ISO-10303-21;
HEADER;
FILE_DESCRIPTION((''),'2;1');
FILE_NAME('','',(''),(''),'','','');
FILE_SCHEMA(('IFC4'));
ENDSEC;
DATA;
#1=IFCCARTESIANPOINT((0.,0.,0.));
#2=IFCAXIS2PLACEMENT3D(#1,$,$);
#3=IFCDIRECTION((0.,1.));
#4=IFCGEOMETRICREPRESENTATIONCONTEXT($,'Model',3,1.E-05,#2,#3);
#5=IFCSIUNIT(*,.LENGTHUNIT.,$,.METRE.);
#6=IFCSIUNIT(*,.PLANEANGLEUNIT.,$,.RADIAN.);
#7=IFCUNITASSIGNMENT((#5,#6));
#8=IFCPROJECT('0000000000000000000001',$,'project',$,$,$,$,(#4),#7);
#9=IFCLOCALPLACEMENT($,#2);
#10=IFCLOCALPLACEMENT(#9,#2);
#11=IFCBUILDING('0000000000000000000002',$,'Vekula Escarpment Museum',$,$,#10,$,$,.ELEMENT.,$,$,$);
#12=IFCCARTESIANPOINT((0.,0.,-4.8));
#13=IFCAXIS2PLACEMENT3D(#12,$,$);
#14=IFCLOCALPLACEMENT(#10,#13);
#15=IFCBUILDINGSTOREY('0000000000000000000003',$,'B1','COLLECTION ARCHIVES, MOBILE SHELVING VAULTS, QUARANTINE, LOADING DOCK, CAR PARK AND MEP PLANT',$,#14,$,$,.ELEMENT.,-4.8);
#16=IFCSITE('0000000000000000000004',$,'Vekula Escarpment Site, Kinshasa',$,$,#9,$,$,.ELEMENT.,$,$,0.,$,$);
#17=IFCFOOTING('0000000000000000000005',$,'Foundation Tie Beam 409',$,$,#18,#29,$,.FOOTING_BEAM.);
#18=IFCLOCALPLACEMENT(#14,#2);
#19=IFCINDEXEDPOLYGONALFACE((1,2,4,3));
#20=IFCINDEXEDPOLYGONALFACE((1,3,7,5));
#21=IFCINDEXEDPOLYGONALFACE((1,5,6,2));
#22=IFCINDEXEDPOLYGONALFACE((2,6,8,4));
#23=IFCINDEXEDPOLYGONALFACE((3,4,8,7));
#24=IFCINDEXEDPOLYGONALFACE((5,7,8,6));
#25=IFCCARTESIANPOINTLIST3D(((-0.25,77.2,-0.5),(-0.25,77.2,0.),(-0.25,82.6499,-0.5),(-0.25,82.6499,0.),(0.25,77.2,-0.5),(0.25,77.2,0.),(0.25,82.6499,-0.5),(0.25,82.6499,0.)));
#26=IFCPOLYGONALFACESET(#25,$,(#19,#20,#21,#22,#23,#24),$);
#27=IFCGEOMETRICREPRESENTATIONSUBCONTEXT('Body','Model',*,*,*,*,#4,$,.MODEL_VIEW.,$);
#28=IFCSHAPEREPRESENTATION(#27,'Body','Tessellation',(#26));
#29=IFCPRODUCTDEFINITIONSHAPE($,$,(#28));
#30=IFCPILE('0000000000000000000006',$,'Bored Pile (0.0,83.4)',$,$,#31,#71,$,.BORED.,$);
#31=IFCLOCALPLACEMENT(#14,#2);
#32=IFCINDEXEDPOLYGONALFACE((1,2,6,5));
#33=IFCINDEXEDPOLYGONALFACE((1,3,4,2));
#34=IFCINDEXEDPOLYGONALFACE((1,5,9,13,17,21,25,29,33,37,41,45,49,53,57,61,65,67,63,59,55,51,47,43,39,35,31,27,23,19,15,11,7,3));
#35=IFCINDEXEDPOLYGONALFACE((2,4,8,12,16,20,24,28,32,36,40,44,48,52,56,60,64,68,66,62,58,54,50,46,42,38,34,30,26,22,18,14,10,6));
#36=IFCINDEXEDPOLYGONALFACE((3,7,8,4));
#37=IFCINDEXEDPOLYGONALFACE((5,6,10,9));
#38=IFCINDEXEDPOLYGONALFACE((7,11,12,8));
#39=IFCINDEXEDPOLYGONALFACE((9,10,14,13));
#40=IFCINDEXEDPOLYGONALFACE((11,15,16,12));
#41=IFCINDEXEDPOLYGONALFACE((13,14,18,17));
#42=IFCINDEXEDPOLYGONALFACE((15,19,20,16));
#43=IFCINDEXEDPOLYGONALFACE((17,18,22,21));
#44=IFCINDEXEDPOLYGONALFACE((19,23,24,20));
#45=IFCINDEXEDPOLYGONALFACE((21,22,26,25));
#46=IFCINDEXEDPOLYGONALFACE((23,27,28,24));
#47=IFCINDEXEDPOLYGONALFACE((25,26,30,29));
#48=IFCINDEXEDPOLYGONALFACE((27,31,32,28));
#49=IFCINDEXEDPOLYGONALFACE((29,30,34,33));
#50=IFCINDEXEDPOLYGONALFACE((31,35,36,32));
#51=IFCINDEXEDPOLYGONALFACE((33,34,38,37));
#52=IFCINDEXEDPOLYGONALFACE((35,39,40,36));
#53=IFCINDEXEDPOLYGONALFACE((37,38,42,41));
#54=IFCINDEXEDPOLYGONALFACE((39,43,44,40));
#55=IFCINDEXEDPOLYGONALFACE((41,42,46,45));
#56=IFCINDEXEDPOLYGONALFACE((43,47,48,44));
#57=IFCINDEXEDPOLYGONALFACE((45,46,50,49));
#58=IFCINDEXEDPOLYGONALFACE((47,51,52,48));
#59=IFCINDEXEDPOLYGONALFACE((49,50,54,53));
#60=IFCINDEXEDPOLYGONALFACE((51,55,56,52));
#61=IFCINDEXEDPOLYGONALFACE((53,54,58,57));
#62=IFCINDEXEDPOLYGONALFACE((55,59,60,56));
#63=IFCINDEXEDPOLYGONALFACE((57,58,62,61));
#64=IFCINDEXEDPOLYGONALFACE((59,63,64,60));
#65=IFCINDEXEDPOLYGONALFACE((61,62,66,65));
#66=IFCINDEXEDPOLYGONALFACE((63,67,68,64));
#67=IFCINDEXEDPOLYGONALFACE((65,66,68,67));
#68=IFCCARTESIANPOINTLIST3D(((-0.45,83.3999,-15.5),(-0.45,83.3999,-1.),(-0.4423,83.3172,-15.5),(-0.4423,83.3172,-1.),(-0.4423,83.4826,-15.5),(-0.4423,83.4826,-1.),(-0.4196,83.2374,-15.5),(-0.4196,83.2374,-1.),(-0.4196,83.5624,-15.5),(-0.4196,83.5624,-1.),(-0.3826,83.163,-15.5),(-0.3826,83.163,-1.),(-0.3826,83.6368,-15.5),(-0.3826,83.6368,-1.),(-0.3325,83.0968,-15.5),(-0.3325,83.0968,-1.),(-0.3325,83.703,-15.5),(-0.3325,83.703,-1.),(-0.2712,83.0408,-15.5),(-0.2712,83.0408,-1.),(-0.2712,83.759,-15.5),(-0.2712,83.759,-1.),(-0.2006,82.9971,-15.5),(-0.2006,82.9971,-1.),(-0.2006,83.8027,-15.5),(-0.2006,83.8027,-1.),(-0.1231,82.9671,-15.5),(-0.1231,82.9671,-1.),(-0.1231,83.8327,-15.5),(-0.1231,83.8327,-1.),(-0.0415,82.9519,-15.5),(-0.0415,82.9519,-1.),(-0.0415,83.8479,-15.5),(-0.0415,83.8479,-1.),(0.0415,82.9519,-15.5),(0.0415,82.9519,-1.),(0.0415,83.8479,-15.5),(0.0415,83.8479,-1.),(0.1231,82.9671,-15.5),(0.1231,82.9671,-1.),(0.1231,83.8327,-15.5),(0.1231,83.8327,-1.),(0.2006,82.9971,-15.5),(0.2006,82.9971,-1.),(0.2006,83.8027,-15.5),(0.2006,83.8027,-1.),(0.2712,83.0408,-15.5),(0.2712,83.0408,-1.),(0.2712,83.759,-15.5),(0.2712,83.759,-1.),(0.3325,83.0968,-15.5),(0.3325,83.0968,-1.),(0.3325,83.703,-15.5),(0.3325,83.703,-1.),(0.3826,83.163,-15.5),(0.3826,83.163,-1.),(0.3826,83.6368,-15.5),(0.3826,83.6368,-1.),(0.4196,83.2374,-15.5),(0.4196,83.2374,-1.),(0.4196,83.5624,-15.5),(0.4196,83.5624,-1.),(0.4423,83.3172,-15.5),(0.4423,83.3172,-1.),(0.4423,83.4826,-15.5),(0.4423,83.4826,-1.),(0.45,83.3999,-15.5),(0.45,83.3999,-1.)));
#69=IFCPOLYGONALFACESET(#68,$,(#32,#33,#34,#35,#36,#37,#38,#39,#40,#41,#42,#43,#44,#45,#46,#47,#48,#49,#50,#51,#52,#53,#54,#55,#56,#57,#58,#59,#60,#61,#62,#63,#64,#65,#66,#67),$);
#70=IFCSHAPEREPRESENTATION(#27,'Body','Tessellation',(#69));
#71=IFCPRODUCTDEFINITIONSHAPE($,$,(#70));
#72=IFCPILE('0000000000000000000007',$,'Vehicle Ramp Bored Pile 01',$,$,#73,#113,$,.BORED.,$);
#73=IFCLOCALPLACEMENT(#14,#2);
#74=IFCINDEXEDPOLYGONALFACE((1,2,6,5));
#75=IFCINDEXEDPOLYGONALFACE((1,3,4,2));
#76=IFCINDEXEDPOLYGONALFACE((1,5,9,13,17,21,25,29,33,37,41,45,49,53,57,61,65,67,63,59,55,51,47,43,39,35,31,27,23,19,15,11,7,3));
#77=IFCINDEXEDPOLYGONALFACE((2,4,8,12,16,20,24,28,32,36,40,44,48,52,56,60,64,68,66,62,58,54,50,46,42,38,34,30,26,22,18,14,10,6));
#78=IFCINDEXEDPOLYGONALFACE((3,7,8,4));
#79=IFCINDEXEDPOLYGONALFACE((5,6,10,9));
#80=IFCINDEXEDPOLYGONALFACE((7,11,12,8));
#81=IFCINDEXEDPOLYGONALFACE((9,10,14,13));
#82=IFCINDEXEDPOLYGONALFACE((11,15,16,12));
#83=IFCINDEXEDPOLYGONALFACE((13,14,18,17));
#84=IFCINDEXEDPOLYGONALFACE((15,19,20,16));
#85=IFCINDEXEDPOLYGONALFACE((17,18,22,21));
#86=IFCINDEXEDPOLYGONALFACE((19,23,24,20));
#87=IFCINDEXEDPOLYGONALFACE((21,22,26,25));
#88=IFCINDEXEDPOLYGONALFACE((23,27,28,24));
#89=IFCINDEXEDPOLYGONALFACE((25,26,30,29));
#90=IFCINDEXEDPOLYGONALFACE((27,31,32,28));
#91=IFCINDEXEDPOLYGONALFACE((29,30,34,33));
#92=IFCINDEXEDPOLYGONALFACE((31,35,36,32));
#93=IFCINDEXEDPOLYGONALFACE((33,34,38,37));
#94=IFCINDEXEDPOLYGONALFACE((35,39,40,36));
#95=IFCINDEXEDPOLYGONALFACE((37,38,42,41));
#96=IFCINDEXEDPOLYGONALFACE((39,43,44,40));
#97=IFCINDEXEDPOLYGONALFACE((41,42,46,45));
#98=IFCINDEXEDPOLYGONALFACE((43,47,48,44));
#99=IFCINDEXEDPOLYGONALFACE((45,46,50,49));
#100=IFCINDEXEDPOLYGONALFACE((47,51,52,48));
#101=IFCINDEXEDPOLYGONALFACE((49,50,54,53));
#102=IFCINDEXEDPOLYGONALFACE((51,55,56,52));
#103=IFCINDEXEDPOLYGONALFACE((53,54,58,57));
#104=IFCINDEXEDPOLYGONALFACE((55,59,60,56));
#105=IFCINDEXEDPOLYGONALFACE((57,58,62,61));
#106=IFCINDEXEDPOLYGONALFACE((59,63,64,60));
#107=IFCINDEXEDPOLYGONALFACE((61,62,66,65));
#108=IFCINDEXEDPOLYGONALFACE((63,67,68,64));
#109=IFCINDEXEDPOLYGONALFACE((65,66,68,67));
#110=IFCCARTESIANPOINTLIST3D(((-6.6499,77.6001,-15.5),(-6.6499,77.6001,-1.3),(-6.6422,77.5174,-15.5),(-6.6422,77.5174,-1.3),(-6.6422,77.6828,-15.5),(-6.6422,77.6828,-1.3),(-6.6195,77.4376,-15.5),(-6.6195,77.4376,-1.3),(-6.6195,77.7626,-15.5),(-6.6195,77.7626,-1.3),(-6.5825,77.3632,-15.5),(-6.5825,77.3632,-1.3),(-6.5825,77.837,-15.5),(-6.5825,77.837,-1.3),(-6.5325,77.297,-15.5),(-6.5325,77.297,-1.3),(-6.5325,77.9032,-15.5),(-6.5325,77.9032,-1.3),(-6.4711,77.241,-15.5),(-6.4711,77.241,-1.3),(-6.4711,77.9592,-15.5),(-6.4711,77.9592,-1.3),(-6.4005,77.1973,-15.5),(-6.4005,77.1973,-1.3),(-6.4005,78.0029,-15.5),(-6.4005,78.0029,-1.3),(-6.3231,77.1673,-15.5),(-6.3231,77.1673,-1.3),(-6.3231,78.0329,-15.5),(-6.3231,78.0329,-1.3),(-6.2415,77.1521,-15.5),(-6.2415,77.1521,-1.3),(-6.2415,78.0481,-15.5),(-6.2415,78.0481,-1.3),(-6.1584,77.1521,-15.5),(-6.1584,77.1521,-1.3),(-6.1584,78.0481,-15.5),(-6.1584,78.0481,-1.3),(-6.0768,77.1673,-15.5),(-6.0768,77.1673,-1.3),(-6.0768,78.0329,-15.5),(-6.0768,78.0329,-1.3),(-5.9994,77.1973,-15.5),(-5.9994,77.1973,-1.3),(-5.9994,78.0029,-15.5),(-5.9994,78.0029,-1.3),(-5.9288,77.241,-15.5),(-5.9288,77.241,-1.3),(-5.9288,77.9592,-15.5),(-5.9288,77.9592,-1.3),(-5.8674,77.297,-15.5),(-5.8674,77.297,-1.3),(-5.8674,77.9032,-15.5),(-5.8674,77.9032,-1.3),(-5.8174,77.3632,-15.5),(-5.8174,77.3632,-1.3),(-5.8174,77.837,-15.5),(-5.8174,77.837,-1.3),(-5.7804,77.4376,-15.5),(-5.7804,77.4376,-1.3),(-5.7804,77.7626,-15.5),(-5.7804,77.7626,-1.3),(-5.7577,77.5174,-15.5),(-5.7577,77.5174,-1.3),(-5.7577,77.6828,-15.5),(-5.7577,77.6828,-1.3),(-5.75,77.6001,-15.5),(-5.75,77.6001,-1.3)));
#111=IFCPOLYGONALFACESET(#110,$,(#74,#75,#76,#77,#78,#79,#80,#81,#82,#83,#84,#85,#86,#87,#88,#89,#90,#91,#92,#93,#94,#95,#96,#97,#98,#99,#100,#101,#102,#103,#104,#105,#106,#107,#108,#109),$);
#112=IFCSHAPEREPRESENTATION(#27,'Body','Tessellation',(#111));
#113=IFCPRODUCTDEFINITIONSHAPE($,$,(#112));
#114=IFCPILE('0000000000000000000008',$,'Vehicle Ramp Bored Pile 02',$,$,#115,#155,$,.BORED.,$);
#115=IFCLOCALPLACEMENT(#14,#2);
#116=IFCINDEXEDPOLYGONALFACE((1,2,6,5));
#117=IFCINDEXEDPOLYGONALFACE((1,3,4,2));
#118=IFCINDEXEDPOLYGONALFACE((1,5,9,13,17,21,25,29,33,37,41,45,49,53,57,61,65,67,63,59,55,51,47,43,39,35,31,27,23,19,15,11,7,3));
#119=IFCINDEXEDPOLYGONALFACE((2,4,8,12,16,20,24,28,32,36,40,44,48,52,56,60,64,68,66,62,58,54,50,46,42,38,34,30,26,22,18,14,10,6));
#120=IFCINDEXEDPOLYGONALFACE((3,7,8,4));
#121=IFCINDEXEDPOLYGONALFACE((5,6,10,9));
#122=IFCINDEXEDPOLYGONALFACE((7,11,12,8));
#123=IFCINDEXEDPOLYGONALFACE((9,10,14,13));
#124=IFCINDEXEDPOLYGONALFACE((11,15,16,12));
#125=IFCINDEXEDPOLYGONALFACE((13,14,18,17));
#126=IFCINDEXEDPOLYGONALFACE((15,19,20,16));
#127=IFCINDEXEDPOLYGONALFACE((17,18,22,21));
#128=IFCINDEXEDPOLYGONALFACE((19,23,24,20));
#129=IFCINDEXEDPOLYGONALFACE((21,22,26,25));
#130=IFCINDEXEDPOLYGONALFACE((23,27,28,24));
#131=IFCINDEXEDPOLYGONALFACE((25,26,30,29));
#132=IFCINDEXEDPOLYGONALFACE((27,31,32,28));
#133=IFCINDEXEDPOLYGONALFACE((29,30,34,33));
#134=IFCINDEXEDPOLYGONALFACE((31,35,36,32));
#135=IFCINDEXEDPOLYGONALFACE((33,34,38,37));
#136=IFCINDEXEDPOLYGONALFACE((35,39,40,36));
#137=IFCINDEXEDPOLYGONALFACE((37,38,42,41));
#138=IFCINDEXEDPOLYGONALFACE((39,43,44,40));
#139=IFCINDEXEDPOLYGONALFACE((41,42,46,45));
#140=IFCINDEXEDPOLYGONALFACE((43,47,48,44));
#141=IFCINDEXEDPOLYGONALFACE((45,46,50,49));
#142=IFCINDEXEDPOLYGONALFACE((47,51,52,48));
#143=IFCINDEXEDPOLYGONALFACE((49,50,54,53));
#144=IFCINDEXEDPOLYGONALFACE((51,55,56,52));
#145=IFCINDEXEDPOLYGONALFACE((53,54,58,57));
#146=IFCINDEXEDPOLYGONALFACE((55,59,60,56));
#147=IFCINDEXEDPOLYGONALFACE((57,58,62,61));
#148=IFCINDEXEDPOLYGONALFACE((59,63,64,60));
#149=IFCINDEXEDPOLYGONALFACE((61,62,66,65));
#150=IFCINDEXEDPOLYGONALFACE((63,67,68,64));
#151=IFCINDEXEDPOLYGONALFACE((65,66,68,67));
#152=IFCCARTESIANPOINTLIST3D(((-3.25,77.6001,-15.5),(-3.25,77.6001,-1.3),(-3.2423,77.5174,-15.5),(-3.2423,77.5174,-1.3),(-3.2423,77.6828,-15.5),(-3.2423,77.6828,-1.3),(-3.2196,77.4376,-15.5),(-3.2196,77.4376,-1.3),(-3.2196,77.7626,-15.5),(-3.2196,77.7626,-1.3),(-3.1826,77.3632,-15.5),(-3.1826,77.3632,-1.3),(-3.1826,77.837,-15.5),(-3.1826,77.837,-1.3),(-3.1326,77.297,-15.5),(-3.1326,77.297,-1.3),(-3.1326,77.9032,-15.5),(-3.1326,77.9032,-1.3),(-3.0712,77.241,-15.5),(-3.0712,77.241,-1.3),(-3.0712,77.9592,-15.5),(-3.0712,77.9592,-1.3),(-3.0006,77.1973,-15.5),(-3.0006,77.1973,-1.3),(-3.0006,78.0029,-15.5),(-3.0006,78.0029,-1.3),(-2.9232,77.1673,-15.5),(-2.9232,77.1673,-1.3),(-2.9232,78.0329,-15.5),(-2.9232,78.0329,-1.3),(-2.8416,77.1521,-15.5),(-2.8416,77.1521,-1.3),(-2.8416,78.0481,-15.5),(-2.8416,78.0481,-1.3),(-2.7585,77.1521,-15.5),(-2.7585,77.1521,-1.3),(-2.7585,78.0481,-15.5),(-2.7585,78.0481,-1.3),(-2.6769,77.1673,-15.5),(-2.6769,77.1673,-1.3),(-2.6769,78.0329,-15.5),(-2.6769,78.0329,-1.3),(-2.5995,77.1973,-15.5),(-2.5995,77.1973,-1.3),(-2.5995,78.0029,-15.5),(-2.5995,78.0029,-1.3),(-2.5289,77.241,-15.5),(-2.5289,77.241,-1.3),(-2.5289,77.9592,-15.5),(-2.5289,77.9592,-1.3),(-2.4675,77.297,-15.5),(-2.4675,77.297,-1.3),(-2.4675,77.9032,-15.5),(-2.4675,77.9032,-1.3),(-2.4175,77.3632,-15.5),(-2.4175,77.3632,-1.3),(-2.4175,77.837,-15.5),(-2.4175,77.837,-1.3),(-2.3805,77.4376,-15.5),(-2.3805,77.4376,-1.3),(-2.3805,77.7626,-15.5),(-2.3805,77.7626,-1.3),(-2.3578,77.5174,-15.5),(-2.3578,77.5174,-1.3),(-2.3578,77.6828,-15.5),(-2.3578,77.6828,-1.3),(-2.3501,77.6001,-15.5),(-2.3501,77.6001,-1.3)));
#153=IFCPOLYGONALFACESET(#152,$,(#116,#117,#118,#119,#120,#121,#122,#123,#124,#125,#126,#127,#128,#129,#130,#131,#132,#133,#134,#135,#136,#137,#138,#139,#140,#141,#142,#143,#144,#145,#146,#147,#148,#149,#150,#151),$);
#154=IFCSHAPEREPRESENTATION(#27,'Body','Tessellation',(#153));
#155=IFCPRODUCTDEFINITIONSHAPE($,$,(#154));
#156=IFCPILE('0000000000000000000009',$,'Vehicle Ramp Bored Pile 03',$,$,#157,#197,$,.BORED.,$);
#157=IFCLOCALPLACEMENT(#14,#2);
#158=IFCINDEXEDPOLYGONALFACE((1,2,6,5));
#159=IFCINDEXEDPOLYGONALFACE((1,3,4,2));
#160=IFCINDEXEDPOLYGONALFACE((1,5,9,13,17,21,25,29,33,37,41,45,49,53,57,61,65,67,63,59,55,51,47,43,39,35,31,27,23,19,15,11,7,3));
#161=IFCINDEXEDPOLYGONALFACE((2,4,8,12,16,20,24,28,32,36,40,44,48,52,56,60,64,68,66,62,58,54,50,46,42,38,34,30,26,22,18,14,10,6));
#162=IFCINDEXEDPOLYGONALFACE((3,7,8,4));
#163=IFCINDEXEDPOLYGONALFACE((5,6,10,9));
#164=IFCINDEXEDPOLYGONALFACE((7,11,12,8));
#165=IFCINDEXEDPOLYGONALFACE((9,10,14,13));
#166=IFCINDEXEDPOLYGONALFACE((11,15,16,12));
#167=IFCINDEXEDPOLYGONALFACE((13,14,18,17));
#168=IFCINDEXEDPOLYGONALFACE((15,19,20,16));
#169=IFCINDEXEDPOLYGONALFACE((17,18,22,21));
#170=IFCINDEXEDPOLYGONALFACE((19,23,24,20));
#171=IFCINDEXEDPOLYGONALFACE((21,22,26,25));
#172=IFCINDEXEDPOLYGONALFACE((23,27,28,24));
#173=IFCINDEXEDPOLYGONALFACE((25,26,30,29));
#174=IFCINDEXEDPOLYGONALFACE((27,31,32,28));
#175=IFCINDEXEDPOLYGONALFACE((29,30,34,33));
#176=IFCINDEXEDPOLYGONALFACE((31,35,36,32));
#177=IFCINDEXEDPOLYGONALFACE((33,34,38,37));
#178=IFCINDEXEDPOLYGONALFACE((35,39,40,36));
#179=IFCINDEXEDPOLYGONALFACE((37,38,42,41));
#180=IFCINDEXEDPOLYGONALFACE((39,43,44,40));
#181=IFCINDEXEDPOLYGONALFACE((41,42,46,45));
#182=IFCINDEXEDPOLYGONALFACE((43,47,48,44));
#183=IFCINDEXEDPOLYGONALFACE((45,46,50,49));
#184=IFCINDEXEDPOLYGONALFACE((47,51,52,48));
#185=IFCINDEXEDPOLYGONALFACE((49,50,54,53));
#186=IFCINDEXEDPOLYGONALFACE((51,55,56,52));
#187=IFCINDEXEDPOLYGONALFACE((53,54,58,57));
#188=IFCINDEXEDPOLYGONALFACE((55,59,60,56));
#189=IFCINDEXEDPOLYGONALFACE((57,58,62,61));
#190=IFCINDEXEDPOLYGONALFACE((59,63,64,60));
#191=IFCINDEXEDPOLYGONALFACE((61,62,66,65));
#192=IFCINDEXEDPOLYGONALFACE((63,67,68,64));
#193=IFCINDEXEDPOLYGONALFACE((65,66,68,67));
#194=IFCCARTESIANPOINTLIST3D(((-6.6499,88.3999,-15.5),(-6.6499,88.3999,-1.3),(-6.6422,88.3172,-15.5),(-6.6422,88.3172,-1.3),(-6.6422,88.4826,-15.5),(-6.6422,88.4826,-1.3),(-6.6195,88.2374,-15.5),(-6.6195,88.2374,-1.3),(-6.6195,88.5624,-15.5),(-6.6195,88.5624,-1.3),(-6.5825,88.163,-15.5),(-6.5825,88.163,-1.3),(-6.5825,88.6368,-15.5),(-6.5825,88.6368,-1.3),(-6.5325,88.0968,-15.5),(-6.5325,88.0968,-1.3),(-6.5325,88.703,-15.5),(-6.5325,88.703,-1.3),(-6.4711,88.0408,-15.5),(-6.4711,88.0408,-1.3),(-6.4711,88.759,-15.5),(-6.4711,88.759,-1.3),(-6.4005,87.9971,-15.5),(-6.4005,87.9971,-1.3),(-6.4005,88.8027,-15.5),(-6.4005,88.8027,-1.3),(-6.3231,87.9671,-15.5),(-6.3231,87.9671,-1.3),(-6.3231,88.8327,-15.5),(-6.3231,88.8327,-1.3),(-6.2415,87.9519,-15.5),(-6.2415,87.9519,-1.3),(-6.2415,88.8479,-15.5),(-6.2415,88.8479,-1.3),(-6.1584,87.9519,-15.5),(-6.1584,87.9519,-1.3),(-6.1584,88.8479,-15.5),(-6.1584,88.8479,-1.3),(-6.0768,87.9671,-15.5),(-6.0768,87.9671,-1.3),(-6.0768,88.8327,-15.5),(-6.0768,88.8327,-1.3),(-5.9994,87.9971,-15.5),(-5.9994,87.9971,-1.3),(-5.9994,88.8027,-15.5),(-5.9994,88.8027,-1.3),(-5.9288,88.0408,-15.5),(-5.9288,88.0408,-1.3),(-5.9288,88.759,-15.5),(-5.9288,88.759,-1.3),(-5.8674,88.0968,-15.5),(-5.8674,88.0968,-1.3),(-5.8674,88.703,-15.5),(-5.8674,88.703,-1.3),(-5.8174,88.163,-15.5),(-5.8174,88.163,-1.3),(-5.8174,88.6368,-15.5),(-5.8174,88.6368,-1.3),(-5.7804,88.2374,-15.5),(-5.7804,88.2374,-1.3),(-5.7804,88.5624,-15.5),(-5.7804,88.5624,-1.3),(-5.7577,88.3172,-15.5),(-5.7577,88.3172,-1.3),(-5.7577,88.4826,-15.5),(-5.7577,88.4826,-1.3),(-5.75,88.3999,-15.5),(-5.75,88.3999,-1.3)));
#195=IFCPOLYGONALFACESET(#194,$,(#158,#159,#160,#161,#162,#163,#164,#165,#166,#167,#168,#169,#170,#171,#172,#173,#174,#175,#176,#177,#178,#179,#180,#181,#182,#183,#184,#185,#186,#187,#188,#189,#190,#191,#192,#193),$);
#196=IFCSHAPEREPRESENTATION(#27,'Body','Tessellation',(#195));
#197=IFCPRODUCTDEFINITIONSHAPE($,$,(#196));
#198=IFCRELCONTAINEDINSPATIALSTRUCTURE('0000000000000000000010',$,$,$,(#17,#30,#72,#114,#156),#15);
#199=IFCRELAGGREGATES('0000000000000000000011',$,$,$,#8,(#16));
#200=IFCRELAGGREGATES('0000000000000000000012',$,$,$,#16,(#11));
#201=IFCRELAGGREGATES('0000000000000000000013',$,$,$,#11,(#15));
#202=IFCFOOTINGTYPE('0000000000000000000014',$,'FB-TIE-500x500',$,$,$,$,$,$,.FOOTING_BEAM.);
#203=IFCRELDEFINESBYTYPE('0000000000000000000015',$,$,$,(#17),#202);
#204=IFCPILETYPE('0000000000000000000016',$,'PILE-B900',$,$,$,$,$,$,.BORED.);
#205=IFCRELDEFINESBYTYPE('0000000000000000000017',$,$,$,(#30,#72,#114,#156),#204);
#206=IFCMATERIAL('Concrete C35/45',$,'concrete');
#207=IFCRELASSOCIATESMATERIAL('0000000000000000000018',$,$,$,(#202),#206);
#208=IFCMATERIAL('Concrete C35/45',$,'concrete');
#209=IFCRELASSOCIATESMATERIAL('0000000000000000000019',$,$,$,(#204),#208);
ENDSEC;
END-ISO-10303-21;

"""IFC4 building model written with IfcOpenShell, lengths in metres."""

from ifc_helpers import new_model, si_unit, direction, frame, origin, origin_2d, place, context, subcontext, project, spatial, rectangle, circle, extrude, material, material_profile, profile_set, type_object, element, save


model = new_model("IFC4")

# Units and contexts
model_context = context("Model", 3, precision=1e-05, world=origin(), true_north=direction((0.0, 1.0)))
body_context = subcontext(model_context, "Body", "Model", "MODEL_VIEW")
ifc_project = project(units=[si_unit("LENGTHUNIT", "METRE"), si_unit("PLANEANGLEUNIT", "RADIAN")], contexts=[model_context])

# Site, building, storey
site_placement = place(None, origin())
site = spatial("IfcSite", under=ifc_project, at=site_placement, Name="Vekula Escarpment Site, Kinshasa", CompositionType="ELEMENT", RefElevation=0.0)
building_placement = place(site_placement, origin())
building = spatial("IfcBuilding", under=site, at=building_placement, Name="Vekula Escarpment Museum", CompositionType="ELEMENT")
storey_placement = place(building_placement, frame((0.0, 0.0, -4.8)))
storey = spatial("IfcBuildingStorey", under=building, at=storey_placement, Name="B1", Description="COLLECTION ARCHIVES, MOBILE SHELVING VAULTS, QUARANTINE, LOADING DOCK, CAR PARK AND MEP PLANT", CompositionType="ELEMENT", Elevation=-4.8)

# Footing
ifc_material_1 = material(Name="Concrete C35/45", Category="concrete")
ifc_material_profile_1 = material_profile(ifc_material_1, rectangle(XDim=0.5, YDim=0.5, at=origin_2d()), Name="RC 500x500")
ifc_profile_set_1 = profile_set([ifc_material_profile_1], Name="Concrete C35/45")
footing_type = type_object("IfcFootingType", Name="FB-TIE-500x500", PredefinedType="FOOTING_BEAM", material=ifc_profile_set_1)
footing_placement = place(storey_placement, frame((0.0, 77.2, -0.25), z_axis=(0.0, 1.0, 0.0), x_axis=(-1.0, 0.0, 0.0)))
element("IfcFooting", 1, at=footing_placement, inside=storey, type_object=footing_type, Name="Foundation Tie Beam 409", PredefinedType="FOOTING_BEAM", context=body_context, shape_type="SweptSolid", body=[
    extrude(rectangle(XDim=0.5, YDim=0.5, at=origin_2d()), origin(), (0.0, 0.0, 1.0), 5.45),
])

# Piles
ifc_material_2 = material(Name="Concrete C35/45", Category="concrete")
ifc_material_profile_2 = material_profile(ifc_material_2, circle(Radius=0.45, at=origin_2d()), Name="BORED PILE 900")
ifc_profile_set_2 = profile_set([ifc_material_profile_2], Name="Concrete C35/45")
pile_type = type_object("IfcPileType", Name="PILE-B900", PredefinedType="BORED", material=ifc_profile_set_2)
pile_placement = place(storey_placement, frame((0.0, 83.3999, -1.0), z_axis=(0.0, 0.0, -1.0), x_axis=(1.0, 0.0, 0.0)))
element("IfcPile", 2, at=pile_placement, inside=storey, type_object=pile_type, Name="Bored Pile (0.0,83.4)", PredefinedType="BORED", context=body_context, shape_type="SweptSolid", body=[
    extrude(circle(Radius=0.45, at=origin_2d()), origin(), (0.0, 0.0, 1.0), 14.5),
])
for number, where, z_axis, x_axis, name in (
    (3, (-6.2, 77.6001, -1.3), (0.0, 0.0, -1.0), (1.0, 0.0, 0.0), "Vehicle Ramp Bored Pile 01"),
    (4, (-2.8, 77.6001, -1.3), (0.0, 0.0, -1.0), (1.0, 0.0, 0.0), "Vehicle Ramp Bored Pile 02"),
    (5, (-6.2, 88.3999, -1.3), (0.0, 0.0, -1.0), (1.0, 0.0, 0.0), "Vehicle Ramp Bored Pile 03"),
):
    element("IfcPile", number, at=place(storey_placement, frame(where, z_axis=z_axis, x_axis=x_axis)), inside=storey, type_object=pile_type, Name=name, PredefinedType="BORED", context=body_context, shape_type="SweptSolid", body=[
        extrude(circle(Radius=0.45, at=origin_2d()), origin(), (0.0, 0.0, 1.0), 14.2),
    ])

save(model, "model.ifc")
